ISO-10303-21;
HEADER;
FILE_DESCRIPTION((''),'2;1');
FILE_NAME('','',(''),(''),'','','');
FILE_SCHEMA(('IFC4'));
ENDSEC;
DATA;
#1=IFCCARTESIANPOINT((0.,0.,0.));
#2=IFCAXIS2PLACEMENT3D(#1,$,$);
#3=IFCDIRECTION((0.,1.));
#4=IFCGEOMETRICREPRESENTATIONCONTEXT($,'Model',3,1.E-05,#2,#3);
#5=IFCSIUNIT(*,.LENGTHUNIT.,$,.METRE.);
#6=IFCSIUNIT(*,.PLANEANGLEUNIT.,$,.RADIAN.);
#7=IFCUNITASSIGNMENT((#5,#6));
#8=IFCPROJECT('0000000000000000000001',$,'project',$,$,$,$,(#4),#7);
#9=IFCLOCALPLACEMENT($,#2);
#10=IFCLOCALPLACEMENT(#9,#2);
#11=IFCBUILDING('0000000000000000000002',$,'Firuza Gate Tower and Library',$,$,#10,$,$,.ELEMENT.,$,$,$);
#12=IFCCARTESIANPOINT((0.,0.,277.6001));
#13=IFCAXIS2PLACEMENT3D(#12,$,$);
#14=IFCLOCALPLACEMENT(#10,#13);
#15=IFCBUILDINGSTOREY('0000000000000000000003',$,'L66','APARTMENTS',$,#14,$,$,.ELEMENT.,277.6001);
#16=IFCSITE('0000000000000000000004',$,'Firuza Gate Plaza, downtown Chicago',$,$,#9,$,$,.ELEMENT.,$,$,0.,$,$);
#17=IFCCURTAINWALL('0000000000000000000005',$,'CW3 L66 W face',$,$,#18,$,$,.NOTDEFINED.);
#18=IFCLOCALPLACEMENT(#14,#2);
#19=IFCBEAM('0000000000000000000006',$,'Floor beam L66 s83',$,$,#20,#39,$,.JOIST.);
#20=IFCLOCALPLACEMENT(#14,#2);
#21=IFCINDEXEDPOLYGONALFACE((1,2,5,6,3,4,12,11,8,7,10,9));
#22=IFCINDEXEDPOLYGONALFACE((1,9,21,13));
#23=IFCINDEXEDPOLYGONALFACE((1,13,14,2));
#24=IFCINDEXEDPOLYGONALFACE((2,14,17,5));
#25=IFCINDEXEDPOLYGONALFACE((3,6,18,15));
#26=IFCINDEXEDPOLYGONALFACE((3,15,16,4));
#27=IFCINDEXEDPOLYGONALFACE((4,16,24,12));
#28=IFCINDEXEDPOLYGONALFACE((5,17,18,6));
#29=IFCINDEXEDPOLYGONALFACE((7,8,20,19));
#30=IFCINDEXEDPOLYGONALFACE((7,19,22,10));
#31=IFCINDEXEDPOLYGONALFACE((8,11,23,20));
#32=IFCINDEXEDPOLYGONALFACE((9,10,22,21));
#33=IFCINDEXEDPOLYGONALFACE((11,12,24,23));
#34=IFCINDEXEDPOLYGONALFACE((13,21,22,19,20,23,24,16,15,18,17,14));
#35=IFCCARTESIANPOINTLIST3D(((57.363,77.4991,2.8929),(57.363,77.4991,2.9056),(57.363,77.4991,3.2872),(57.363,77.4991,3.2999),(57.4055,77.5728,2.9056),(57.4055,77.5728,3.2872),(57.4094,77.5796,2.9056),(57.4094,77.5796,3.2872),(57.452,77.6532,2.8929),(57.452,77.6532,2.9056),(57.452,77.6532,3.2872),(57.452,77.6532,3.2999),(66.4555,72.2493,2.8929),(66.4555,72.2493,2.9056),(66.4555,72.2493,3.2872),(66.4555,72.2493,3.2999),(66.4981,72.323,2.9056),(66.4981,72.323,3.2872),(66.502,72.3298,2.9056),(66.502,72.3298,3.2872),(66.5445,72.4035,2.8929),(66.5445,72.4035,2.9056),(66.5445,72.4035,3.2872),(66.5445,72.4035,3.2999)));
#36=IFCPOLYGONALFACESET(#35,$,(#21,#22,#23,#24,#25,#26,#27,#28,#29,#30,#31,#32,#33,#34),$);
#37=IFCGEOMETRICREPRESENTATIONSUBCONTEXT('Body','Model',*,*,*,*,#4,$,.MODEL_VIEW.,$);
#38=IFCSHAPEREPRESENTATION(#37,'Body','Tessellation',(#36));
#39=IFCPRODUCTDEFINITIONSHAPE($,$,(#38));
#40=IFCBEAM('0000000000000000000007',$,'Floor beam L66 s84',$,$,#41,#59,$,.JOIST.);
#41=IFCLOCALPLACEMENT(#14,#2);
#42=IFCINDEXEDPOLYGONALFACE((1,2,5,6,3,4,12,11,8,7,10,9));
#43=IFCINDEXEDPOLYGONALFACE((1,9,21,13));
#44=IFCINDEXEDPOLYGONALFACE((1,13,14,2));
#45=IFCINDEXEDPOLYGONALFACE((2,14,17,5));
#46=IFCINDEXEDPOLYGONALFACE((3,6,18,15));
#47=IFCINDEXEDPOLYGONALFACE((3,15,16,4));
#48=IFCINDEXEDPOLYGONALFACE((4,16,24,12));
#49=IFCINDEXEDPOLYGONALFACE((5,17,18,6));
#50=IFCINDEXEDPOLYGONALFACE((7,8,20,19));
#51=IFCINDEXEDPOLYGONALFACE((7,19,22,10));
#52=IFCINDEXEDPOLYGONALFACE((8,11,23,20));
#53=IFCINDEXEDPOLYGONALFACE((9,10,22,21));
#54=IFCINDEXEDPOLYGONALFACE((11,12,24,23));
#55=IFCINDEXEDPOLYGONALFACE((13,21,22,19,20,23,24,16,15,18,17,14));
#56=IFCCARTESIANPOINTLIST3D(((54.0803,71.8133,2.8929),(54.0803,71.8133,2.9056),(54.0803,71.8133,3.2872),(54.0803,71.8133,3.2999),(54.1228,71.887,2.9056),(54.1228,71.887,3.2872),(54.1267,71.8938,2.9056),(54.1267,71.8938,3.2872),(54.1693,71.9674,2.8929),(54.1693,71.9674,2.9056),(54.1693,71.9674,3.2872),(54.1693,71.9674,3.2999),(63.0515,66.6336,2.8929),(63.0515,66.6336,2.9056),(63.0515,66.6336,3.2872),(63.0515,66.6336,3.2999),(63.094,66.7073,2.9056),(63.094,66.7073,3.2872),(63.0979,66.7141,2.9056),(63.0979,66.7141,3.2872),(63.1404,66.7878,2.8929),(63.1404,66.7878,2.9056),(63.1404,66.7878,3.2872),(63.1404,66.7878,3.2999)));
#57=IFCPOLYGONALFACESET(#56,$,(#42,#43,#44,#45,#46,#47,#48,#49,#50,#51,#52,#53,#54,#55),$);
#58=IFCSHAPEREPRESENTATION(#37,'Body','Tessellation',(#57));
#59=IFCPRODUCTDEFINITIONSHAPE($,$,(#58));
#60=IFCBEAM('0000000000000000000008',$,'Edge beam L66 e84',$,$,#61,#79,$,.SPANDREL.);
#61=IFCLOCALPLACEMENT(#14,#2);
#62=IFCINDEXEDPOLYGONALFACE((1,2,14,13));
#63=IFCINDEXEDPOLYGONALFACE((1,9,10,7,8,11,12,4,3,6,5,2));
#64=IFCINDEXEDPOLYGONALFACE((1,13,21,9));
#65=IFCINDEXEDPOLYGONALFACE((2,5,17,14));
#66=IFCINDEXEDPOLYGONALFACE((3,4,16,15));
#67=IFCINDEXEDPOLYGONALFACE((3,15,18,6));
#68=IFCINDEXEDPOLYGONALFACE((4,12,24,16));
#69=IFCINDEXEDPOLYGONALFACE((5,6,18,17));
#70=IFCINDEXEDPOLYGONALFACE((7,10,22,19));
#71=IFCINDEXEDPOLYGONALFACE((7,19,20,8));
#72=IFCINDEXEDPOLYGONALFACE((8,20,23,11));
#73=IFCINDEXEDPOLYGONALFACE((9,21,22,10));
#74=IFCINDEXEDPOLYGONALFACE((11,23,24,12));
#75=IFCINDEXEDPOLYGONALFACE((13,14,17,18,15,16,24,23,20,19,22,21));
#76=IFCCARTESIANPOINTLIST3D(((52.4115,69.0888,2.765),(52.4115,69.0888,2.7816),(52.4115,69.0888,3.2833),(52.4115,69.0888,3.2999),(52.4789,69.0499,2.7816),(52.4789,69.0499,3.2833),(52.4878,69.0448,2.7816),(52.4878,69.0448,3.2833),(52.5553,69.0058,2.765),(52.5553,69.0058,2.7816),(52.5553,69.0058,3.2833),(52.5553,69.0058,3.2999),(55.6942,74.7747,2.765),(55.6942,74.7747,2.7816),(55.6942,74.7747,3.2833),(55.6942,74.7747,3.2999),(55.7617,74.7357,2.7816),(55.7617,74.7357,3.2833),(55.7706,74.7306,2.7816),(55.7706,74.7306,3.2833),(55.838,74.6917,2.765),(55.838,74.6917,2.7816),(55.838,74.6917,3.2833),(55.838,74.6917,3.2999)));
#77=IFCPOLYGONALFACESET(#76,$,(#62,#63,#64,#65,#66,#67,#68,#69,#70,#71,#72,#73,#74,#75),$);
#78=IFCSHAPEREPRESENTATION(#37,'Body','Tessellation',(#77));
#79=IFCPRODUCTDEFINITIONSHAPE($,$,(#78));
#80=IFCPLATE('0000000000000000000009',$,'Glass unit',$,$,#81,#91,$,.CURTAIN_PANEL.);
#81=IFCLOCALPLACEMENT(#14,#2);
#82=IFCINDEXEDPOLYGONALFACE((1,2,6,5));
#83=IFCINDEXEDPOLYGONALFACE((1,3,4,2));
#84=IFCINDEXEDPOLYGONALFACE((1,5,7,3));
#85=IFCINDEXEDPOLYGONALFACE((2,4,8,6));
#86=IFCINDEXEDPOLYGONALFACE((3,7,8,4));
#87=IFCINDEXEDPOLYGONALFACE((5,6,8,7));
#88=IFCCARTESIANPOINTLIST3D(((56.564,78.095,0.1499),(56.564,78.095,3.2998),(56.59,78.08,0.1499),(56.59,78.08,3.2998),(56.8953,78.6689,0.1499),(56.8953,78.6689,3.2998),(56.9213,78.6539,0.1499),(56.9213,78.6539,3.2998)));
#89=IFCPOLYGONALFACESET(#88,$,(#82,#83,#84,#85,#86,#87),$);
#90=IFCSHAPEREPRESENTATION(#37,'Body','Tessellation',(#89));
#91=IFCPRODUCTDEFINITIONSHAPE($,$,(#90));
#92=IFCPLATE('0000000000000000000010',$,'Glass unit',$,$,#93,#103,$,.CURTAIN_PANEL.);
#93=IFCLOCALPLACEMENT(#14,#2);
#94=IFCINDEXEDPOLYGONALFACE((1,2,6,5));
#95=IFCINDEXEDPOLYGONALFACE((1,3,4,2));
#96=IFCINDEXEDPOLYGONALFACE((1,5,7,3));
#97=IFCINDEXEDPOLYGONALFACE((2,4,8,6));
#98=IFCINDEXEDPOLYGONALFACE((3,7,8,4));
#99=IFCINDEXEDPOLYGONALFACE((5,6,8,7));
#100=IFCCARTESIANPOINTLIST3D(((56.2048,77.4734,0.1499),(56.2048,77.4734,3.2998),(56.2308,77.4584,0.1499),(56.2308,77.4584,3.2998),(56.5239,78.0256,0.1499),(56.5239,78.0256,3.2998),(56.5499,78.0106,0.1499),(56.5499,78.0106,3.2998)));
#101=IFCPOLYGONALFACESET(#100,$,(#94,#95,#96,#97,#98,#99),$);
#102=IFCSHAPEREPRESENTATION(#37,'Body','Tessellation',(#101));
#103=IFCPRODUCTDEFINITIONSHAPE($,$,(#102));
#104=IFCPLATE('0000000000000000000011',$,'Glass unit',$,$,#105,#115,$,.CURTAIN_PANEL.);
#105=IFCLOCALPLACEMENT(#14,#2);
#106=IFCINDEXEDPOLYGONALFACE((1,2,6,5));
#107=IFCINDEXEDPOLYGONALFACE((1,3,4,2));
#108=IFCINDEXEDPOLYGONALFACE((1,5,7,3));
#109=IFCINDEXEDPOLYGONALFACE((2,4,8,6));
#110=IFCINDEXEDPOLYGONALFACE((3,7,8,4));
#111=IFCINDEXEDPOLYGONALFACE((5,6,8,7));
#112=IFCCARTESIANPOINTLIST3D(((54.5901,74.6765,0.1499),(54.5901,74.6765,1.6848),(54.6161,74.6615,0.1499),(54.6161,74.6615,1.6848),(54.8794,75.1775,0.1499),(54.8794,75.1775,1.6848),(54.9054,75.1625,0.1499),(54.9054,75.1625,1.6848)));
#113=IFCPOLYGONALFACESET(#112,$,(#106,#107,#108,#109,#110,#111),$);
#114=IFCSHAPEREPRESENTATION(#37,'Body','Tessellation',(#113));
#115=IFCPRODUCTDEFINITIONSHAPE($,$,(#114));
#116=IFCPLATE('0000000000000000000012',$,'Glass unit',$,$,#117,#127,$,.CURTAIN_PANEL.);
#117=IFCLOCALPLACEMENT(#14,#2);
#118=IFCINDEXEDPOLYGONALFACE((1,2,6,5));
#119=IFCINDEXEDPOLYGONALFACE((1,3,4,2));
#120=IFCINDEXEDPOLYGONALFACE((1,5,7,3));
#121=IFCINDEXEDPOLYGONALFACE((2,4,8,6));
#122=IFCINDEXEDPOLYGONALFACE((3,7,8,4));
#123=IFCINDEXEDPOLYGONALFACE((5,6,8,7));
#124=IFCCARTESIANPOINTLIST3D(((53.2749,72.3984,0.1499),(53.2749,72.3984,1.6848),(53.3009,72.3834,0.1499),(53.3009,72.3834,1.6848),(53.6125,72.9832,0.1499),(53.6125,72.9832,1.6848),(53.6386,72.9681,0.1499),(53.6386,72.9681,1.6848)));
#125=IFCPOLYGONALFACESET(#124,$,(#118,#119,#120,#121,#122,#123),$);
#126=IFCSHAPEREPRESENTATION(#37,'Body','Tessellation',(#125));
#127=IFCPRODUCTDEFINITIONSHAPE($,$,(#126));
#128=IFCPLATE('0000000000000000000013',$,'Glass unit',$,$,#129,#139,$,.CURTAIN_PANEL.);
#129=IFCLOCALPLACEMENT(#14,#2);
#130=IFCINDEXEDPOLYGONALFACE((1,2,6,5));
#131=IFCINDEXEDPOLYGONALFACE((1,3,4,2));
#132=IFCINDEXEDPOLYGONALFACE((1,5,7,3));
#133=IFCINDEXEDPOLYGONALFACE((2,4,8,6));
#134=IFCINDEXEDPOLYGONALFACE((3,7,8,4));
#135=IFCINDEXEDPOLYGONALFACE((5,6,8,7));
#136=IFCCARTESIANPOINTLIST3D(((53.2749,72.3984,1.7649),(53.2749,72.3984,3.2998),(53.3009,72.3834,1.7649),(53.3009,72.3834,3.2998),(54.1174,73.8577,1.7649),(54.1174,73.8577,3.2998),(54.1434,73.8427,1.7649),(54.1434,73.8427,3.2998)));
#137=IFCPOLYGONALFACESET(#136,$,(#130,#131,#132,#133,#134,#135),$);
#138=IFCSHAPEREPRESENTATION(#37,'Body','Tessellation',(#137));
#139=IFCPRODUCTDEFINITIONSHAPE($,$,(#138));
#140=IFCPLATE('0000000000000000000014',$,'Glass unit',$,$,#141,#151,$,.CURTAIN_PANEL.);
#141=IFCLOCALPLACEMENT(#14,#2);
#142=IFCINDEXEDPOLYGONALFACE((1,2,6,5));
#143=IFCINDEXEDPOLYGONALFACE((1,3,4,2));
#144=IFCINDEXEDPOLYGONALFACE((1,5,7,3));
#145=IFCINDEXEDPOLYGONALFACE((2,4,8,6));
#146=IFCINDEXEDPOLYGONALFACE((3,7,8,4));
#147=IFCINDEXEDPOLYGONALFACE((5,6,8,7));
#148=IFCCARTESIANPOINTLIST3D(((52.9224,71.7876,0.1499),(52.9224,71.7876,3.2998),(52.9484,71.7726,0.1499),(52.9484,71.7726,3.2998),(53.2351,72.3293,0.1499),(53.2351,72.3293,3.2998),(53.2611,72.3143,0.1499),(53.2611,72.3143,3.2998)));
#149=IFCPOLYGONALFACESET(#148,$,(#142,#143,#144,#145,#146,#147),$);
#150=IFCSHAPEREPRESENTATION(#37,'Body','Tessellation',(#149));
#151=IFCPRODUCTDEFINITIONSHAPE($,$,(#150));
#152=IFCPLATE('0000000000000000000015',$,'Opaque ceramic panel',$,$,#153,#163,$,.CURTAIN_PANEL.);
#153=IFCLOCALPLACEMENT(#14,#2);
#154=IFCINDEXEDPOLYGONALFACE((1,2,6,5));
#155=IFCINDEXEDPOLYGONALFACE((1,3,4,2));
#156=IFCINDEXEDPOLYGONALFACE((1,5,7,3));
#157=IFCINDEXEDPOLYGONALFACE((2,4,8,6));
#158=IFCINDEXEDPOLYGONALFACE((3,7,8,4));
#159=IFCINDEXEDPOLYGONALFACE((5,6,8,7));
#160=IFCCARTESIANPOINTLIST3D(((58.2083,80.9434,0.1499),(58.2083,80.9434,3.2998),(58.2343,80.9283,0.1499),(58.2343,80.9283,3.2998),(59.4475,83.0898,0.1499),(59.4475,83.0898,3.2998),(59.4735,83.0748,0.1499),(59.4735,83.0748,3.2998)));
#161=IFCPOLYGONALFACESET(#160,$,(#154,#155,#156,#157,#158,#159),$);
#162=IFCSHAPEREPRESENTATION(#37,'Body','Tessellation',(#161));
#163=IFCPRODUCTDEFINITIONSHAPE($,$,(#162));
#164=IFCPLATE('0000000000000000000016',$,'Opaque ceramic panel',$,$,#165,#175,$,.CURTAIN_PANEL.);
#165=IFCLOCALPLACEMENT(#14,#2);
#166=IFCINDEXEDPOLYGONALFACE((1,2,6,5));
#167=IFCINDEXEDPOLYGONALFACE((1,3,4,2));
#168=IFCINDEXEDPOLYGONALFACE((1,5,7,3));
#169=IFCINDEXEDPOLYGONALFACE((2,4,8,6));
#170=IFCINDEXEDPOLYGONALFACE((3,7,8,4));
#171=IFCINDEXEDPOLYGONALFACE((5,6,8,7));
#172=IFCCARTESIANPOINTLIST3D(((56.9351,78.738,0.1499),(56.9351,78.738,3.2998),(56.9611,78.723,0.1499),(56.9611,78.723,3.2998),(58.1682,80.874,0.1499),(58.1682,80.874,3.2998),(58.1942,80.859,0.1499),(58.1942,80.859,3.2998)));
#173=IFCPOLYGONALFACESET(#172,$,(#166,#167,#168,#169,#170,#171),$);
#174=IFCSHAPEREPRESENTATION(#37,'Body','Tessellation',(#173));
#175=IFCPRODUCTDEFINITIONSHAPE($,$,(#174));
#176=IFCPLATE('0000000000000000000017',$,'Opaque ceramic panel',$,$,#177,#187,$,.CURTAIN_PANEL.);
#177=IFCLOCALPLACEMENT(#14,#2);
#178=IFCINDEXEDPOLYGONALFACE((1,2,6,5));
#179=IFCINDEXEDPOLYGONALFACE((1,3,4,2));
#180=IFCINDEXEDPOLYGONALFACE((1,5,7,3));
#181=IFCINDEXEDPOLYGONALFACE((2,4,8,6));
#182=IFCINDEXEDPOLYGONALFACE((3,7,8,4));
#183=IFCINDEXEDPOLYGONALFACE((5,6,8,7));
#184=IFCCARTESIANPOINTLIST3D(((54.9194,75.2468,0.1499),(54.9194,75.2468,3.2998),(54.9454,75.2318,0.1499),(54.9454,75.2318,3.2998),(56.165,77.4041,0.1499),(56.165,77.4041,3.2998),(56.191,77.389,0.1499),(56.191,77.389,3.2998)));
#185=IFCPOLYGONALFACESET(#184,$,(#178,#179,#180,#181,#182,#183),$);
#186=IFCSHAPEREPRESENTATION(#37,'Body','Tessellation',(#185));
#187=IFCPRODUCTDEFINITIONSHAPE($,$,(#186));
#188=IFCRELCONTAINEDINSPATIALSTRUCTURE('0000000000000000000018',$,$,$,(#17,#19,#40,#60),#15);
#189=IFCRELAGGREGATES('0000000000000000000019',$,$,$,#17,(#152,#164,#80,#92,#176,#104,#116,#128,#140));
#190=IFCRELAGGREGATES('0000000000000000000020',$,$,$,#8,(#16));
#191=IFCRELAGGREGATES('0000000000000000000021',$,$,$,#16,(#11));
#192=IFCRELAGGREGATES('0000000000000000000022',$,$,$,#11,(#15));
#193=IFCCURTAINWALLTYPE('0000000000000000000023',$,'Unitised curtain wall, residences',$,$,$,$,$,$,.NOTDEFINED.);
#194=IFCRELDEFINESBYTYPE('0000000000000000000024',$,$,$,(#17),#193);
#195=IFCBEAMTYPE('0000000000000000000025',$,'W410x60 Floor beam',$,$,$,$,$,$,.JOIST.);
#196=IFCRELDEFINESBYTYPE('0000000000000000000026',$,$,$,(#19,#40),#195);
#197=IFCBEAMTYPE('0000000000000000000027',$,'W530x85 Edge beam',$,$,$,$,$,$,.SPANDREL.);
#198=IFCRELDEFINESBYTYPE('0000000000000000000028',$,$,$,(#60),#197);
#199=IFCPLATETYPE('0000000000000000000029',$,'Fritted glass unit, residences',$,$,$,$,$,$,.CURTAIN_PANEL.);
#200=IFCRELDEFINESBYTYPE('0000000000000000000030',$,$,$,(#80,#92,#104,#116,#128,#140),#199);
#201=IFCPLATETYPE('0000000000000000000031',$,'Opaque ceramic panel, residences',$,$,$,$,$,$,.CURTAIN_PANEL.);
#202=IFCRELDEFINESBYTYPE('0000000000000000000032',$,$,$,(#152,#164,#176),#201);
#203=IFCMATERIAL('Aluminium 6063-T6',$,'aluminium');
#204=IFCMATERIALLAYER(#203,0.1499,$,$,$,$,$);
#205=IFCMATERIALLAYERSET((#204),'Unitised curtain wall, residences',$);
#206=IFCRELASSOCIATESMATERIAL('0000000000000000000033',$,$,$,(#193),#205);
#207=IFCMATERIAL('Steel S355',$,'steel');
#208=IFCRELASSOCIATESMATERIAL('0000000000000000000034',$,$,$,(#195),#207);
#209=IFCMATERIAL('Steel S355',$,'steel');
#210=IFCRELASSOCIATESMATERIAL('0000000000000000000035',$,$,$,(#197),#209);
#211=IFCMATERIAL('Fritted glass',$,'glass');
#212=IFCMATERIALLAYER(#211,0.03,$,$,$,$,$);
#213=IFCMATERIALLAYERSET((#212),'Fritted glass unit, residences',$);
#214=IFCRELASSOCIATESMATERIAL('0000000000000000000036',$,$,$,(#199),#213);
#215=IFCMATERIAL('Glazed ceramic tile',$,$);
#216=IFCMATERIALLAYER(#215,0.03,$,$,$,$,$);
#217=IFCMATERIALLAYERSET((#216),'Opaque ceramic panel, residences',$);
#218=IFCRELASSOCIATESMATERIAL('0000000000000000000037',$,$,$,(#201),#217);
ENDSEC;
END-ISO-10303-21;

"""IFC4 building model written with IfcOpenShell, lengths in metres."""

from ifc_helpers import new_model, si_unit, direction, frame, origin, origin_2d, place, context, subcontext, project, spatial, polyline, i_section, outline, extrude, material, layer, layer_set, material_profile, profile_set, type_object, element, aggregate, save


model = new_model("IFC4")

# Units and contexts
model_context = context("Model", 3, precision=1e-05, world=origin(), true_north=direction((0.0, 1.0)))
body_context = subcontext(model_context, "Body", "Model", "MODEL_VIEW")
ifc_project = project(units=[si_unit("LENGTHUNIT", "METRE"), si_unit("PLANEANGLEUNIT", "RADIAN")], contexts=[model_context])

# Site, building, storey
site_placement = place(None, origin())
site = spatial("IfcSite", under=ifc_project, at=site_placement, Name="Firuza Gate Plaza, downtown Chicago", CompositionType="ELEMENT", RefElevation=0.0)
building_placement = place(site_placement, origin())
building = spatial("IfcBuilding", under=site, at=building_placement, Name="Firuza Gate Tower and Library", CompositionType="ELEMENT")
storey_placement = place(building_placement, frame((0.0, 0.0, 277.6001)))
storey = spatial("IfcBuildingStorey", under=building, at=storey_placement, Name="L66", Description="APARTMENTS", CompositionType="ELEMENT", Elevation=277.6001)

# Curtain wall
ifc_material_1 = material(Name="Aluminium 6063-T6", Category="aluminium")
ifc_layer_1 = layer(ifc_material_1, 0.1499)
ifc_layer_set_1 = layer_set([ifc_layer_1], Name="Unitised curtain wall, residences")
curtain_wall_type = type_object("IfcCurtainWallType", Name="Unitised curtain wall, residences", PredefinedType="NOTDEFINED", material=ifc_layer_set_1)
curtain_wall_placement = place(storey_placement, origin())
curtain_wall = element("IfcCurtainWall", 1, at=curtain_wall_placement, inside=storey, type_object=curtain_wall_type, Name="CW3 L66 W face", PredefinedType="NOTDEFINED")

# Beams
ifc_material_2 = material(Name="Steel S355", Category="steel")
ifc_material_profile_1 = material_profile(ifc_material_2, i_section(OverallWidth=0.178, OverallDepth=0.407, WebThickness=0.0078, FlangeThickness=0.0127, at=origin_2d()))
ifc_profile_set_1 = profile_set([ifc_material_profile_1], Name="Steel S355")
beam_type_1 = type_object("IfcBeamType", Name="W410x60 Floor beam", PredefinedType="JOIST", material=ifc_profile_set_1)
beam_1_placement = place(storey_placement, frame((57.4075, 77.5762, 3.0964), z_axis=(0.866018, -0.500013, 0.0), x_axis=(0.500013, 0.866018, 0.0)))
element("IfcBeam", 2, at=beam_1_placement, inside=storey, type_object=beam_type_1, Name="Floor beam L66 s83", PredefinedType="JOIST", context=body_context, shape_type="SweptSolid", body=[
    extrude(i_section(OverallWidth=0.178, OverallDepth=0.407, WebThickness=0.0078, FlangeThickness=0.0127, at=origin_2d()), origin(), (0.0, 0.0, 1.0), 10.4993),
])
beam_2_placement = place(storey_placement, frame((54.1248, 71.8904, 3.0964), z_axis=(0.866018, -0.500012, 0.0), x_axis=(0.500012, 0.866018, 0.0)))
element("IfcBeam", 3, at=beam_2_placement, inside=storey, type_object=beam_type_1, Name="Floor beam L66 s84", PredefinedType="JOIST", context=body_context, shape_type="SweptSolid", body=[
    extrude(i_section(OverallWidth=0.178, OverallDepth=0.407, WebThickness=0.0078, FlangeThickness=0.0127, at=origin_2d()), origin(), (0.0, 0.0, 1.0), 10.3591),
])
ifc_material_3 = material(Name="Steel S355", Category="steel")
ifc_material_profile_2 = material_profile(ifc_material_3, i_section(OverallWidth=0.166, OverallDepth=0.5349, WebThickness=0.0103, FlangeThickness=0.0166, at=origin_2d()))
ifc_profile_set_2 = profile_set([ifc_material_profile_2], Name="Steel S355")
beam_type_2 = type_object("IfcBeamType", Name="W530x85 Edge beam", PredefinedType="SPANDREL", material=ifc_profile_set_2)
beam_3_placement = place(storey_placement, frame((55.7661, 74.7332, 3.0325), z_axis=(-0.500002, -0.866024, 0.0), x_axis=(0.866024, -0.500002, 0.0)))
element("IfcBeam", 4, at=beam_3_placement, inside=storey, type_object=beam_type_2, Name="Edge beam L66 e84", PredefinedType="SPANDREL", context=body_context, shape_type="SweptSolid", body=[
    extrude(i_section(OverallWidth=0.166, OverallDepth=0.5349, WebThickness=0.0103, FlangeThickness=0.0166, at=origin_2d()), origin(), (0.0, 0.0, 1.0), 6.5654),
])

# Plates
ifc_material_4 = material(Name="Fritted glass", Category="glass")
ifc_layer_2 = layer(ifc_material_4, 0.03)
ifc_layer_set_2 = layer_set([ifc_layer_2], Name="Fritted glass unit, residences")
plate_type_1 = type_object("IfcPlateType", Name="Fritted glass unit, residences", PredefinedType="CURTAIN_PANEL", material=ifc_layer_set_2)
plate_1_placement = place(storey_placement, frame((56.8953, 78.6689, 0.1499), z_axis=(-0.866081, 0.499903, 0.0), x_axis=(-0.499903, -0.866081, 0.0)))
plate_1 = element("IfcPlate", 5, at=plate_1_placement, type_object=plate_type_1, Name="Glass unit", PredefinedType="CURTAIN_PANEL", context=body_context, shape_type="SweptSolid", body=[
    extrude(outline(polyline([(0.0, 0.0), (0.6627, 0.0), (0.6627, 3.1499), (0.0, 3.1499), (0.0, 0.0)])), origin(), (0.0, 0.0, -1.0), 0.03),
])
plate_2_placement = place(storey_placement, frame((56.5239, 78.0256, 0.1499), z_axis=(-0.865854, 0.500297, 0.0), x_axis=(-0.500297, -0.865854, 0.0)))
plate_2 = element("IfcPlate", 6, at=plate_2_placement, type_object=plate_type_1, Name="Glass unit", PredefinedType="CURTAIN_PANEL", context=body_context, shape_type="SweptSolid", body=[
    extrude(outline(polyline([(0.0, 0.0), (0.6378, 0.0), (0.6378, 3.1499), (0.0, 3.1499), (0.0, 0.0)])), origin(), (0.0, 0.0, -1.0), 0.03),
])
plate_3_placement = place(storey_placement, frame((54.8794, 75.1775, 0.1499), z_axis=(-0.865975, 0.500088, 0.0), x_axis=(-0.500088, -0.865975, 0.0)))
plate_3 = element("IfcPlate", 7, at=plate_3_placement, type_object=plate_type_1, Name="Glass unit", PredefinedType="CURTAIN_PANEL", context=body_context, shape_type="SweptSolid", body=[
    extrude(outline(polyline([(0.0, 0.0), (0.5785, 0.0), (0.5785, 1.5349), (0.0, 1.5349), (0.0, 0.0)])), origin(), (0.0, 0.0, -1.0), 0.03),
])
plate_4_placement = place(storey_placement, frame((53.6125, 72.9832, 0.1499), z_axis=(-0.865987, 0.500067, 0.0), x_axis=(-0.500067, -0.865987, 0.0)))
plate_4 = element("IfcPlate", 8, at=plate_4_placement, type_object=plate_type_1, Name="Glass unit", PredefinedType="CURTAIN_PANEL", context=body_context, shape_type="SweptSolid", body=[
    extrude(outline(polyline([(0.0, 0.0), (0.6752, 0.0), (0.6752, 1.5349), (0.0, 1.5349), (0.0, 0.0)])), origin(), (0.0, 0.0, -1.0), 0.03),
])
plate_5_placement = place(storey_placement, frame((54.1174, 73.8577, 1.7649), z_axis=(-0.866014, 0.500019, 0.0), x_axis=(-0.500019, -0.866014, 0.0)))
plate_5 = element("IfcPlate", 9, at=plate_5_placement, type_object=plate_type_1, Name="Glass unit", PredefinedType="CURTAIN_PANEL", context=body_context, shape_type="SweptSolid", body=[
    extrude(outline(polyline([(0.0, 0.0), (1.685, 0.0), (1.685, 1.5349), (0.0, 1.5349), (0.0, 0.0)])), origin(), (0.0, 0.0, -1.0), 0.03),
])
plate_6_placement = place(storey_placement, frame((53.2351, 72.3293, 0.1499), z_axis=(-0.866049, 0.499959, 0.0), x_axis=(-0.499959, -0.866049, 0.0)))
plate_6 = element("IfcPlate", 10, at=plate_6_placement, type_object=plate_type_1, Name="Glass unit", PredefinedType="CURTAIN_PANEL", context=body_context, shape_type="SweptSolid", body=[
    extrude(outline(polyline([(0.0, 0.0), (0.6255, 0.0), (0.6255, 3.1499), (0.0, 3.1499), (0.0, 0.0)])), origin(), (0.0, 0.0, -1.0), 0.03),
])
ifc_material_5 = material(Name="Glazed ceramic tile")
ifc_layer_3 = layer(ifc_material_5, 0.03)
ifc_layer_set_3 = layer_set([ifc_layer_3], Name="Opaque ceramic panel, residences")
plate_type_2 = type_object("IfcPlateType", Name="Opaque ceramic panel, residences", PredefinedType="CURTAIN_PANEL", material=ifc_layer_set_3)
plate_7_placement = place(storey_placement, frame((59.4475, 83.0898, 0.1499), z_axis=(-0.866028, 0.499995, 0.0), x_axis=(-0.499995, -0.866028, 0.0)))
plate_7 = element("IfcPlate", 11, at=plate_7_placement, type_object=plate_type_2, Name="Opaque ceramic panel", PredefinedType="CURTAIN_PANEL", context=body_context, shape_type="SweptSolid", body=[
    extrude(outline(polyline([(0.0, 0.0), (2.4785, 0.0), (2.4785, 3.1499), (0.0, 3.1499), (0.0, 0.0)])), origin(), (0.0, 0.0, -1.0), 0.03),
])
plate_8_placement = place(storey_placement, frame((58.1682, 80.874, 0.1499), z_axis=(-0.866036, 0.499982, 0.0), x_axis=(-0.499982, -0.866036, 0.0)))
plate_8 = element("IfcPlate", 12, at=plate_8_placement, type_object=plate_type_2, Name="Opaque ceramic panel", PredefinedType="CURTAIN_PANEL", context=body_context, shape_type="SweptSolid", body=[
    extrude(outline(polyline([(0.0, 0.0), (2.4664, 0.0), (2.4664, 3.1499), (0.0, 3.1499), (0.0, 0.0)])), origin(), (0.0, 0.0, -1.0), 0.03),
])
plate_9_placement = place(storey_placement, frame((56.165, 77.4041, 0.1499), z_axis=(-0.866003, 0.500039, 0.0), x_axis=(-0.500039, -0.866003, 0.0)))
plate_9 = element("IfcPlate", 13, at=plate_9_placement, type_object=plate_type_2, Name="Opaque ceramic panel", PredefinedType="CURTAIN_PANEL", context=body_context, shape_type="SweptSolid", body=[
    extrude(outline(polyline([(0.0, 0.0), (2.491, 0.0), (2.491, 3.1499), (0.0, 3.1499), (0.0, 0.0)])), origin(), (0.0, 0.0, -1.0), 0.03),
])
aggregate(curtain_wall, [plate_7, plate_8, plate_1, plate_2, plate_9, plate_3, plate_4, plate_5, plate_6])

save(model, "model.ifc")
